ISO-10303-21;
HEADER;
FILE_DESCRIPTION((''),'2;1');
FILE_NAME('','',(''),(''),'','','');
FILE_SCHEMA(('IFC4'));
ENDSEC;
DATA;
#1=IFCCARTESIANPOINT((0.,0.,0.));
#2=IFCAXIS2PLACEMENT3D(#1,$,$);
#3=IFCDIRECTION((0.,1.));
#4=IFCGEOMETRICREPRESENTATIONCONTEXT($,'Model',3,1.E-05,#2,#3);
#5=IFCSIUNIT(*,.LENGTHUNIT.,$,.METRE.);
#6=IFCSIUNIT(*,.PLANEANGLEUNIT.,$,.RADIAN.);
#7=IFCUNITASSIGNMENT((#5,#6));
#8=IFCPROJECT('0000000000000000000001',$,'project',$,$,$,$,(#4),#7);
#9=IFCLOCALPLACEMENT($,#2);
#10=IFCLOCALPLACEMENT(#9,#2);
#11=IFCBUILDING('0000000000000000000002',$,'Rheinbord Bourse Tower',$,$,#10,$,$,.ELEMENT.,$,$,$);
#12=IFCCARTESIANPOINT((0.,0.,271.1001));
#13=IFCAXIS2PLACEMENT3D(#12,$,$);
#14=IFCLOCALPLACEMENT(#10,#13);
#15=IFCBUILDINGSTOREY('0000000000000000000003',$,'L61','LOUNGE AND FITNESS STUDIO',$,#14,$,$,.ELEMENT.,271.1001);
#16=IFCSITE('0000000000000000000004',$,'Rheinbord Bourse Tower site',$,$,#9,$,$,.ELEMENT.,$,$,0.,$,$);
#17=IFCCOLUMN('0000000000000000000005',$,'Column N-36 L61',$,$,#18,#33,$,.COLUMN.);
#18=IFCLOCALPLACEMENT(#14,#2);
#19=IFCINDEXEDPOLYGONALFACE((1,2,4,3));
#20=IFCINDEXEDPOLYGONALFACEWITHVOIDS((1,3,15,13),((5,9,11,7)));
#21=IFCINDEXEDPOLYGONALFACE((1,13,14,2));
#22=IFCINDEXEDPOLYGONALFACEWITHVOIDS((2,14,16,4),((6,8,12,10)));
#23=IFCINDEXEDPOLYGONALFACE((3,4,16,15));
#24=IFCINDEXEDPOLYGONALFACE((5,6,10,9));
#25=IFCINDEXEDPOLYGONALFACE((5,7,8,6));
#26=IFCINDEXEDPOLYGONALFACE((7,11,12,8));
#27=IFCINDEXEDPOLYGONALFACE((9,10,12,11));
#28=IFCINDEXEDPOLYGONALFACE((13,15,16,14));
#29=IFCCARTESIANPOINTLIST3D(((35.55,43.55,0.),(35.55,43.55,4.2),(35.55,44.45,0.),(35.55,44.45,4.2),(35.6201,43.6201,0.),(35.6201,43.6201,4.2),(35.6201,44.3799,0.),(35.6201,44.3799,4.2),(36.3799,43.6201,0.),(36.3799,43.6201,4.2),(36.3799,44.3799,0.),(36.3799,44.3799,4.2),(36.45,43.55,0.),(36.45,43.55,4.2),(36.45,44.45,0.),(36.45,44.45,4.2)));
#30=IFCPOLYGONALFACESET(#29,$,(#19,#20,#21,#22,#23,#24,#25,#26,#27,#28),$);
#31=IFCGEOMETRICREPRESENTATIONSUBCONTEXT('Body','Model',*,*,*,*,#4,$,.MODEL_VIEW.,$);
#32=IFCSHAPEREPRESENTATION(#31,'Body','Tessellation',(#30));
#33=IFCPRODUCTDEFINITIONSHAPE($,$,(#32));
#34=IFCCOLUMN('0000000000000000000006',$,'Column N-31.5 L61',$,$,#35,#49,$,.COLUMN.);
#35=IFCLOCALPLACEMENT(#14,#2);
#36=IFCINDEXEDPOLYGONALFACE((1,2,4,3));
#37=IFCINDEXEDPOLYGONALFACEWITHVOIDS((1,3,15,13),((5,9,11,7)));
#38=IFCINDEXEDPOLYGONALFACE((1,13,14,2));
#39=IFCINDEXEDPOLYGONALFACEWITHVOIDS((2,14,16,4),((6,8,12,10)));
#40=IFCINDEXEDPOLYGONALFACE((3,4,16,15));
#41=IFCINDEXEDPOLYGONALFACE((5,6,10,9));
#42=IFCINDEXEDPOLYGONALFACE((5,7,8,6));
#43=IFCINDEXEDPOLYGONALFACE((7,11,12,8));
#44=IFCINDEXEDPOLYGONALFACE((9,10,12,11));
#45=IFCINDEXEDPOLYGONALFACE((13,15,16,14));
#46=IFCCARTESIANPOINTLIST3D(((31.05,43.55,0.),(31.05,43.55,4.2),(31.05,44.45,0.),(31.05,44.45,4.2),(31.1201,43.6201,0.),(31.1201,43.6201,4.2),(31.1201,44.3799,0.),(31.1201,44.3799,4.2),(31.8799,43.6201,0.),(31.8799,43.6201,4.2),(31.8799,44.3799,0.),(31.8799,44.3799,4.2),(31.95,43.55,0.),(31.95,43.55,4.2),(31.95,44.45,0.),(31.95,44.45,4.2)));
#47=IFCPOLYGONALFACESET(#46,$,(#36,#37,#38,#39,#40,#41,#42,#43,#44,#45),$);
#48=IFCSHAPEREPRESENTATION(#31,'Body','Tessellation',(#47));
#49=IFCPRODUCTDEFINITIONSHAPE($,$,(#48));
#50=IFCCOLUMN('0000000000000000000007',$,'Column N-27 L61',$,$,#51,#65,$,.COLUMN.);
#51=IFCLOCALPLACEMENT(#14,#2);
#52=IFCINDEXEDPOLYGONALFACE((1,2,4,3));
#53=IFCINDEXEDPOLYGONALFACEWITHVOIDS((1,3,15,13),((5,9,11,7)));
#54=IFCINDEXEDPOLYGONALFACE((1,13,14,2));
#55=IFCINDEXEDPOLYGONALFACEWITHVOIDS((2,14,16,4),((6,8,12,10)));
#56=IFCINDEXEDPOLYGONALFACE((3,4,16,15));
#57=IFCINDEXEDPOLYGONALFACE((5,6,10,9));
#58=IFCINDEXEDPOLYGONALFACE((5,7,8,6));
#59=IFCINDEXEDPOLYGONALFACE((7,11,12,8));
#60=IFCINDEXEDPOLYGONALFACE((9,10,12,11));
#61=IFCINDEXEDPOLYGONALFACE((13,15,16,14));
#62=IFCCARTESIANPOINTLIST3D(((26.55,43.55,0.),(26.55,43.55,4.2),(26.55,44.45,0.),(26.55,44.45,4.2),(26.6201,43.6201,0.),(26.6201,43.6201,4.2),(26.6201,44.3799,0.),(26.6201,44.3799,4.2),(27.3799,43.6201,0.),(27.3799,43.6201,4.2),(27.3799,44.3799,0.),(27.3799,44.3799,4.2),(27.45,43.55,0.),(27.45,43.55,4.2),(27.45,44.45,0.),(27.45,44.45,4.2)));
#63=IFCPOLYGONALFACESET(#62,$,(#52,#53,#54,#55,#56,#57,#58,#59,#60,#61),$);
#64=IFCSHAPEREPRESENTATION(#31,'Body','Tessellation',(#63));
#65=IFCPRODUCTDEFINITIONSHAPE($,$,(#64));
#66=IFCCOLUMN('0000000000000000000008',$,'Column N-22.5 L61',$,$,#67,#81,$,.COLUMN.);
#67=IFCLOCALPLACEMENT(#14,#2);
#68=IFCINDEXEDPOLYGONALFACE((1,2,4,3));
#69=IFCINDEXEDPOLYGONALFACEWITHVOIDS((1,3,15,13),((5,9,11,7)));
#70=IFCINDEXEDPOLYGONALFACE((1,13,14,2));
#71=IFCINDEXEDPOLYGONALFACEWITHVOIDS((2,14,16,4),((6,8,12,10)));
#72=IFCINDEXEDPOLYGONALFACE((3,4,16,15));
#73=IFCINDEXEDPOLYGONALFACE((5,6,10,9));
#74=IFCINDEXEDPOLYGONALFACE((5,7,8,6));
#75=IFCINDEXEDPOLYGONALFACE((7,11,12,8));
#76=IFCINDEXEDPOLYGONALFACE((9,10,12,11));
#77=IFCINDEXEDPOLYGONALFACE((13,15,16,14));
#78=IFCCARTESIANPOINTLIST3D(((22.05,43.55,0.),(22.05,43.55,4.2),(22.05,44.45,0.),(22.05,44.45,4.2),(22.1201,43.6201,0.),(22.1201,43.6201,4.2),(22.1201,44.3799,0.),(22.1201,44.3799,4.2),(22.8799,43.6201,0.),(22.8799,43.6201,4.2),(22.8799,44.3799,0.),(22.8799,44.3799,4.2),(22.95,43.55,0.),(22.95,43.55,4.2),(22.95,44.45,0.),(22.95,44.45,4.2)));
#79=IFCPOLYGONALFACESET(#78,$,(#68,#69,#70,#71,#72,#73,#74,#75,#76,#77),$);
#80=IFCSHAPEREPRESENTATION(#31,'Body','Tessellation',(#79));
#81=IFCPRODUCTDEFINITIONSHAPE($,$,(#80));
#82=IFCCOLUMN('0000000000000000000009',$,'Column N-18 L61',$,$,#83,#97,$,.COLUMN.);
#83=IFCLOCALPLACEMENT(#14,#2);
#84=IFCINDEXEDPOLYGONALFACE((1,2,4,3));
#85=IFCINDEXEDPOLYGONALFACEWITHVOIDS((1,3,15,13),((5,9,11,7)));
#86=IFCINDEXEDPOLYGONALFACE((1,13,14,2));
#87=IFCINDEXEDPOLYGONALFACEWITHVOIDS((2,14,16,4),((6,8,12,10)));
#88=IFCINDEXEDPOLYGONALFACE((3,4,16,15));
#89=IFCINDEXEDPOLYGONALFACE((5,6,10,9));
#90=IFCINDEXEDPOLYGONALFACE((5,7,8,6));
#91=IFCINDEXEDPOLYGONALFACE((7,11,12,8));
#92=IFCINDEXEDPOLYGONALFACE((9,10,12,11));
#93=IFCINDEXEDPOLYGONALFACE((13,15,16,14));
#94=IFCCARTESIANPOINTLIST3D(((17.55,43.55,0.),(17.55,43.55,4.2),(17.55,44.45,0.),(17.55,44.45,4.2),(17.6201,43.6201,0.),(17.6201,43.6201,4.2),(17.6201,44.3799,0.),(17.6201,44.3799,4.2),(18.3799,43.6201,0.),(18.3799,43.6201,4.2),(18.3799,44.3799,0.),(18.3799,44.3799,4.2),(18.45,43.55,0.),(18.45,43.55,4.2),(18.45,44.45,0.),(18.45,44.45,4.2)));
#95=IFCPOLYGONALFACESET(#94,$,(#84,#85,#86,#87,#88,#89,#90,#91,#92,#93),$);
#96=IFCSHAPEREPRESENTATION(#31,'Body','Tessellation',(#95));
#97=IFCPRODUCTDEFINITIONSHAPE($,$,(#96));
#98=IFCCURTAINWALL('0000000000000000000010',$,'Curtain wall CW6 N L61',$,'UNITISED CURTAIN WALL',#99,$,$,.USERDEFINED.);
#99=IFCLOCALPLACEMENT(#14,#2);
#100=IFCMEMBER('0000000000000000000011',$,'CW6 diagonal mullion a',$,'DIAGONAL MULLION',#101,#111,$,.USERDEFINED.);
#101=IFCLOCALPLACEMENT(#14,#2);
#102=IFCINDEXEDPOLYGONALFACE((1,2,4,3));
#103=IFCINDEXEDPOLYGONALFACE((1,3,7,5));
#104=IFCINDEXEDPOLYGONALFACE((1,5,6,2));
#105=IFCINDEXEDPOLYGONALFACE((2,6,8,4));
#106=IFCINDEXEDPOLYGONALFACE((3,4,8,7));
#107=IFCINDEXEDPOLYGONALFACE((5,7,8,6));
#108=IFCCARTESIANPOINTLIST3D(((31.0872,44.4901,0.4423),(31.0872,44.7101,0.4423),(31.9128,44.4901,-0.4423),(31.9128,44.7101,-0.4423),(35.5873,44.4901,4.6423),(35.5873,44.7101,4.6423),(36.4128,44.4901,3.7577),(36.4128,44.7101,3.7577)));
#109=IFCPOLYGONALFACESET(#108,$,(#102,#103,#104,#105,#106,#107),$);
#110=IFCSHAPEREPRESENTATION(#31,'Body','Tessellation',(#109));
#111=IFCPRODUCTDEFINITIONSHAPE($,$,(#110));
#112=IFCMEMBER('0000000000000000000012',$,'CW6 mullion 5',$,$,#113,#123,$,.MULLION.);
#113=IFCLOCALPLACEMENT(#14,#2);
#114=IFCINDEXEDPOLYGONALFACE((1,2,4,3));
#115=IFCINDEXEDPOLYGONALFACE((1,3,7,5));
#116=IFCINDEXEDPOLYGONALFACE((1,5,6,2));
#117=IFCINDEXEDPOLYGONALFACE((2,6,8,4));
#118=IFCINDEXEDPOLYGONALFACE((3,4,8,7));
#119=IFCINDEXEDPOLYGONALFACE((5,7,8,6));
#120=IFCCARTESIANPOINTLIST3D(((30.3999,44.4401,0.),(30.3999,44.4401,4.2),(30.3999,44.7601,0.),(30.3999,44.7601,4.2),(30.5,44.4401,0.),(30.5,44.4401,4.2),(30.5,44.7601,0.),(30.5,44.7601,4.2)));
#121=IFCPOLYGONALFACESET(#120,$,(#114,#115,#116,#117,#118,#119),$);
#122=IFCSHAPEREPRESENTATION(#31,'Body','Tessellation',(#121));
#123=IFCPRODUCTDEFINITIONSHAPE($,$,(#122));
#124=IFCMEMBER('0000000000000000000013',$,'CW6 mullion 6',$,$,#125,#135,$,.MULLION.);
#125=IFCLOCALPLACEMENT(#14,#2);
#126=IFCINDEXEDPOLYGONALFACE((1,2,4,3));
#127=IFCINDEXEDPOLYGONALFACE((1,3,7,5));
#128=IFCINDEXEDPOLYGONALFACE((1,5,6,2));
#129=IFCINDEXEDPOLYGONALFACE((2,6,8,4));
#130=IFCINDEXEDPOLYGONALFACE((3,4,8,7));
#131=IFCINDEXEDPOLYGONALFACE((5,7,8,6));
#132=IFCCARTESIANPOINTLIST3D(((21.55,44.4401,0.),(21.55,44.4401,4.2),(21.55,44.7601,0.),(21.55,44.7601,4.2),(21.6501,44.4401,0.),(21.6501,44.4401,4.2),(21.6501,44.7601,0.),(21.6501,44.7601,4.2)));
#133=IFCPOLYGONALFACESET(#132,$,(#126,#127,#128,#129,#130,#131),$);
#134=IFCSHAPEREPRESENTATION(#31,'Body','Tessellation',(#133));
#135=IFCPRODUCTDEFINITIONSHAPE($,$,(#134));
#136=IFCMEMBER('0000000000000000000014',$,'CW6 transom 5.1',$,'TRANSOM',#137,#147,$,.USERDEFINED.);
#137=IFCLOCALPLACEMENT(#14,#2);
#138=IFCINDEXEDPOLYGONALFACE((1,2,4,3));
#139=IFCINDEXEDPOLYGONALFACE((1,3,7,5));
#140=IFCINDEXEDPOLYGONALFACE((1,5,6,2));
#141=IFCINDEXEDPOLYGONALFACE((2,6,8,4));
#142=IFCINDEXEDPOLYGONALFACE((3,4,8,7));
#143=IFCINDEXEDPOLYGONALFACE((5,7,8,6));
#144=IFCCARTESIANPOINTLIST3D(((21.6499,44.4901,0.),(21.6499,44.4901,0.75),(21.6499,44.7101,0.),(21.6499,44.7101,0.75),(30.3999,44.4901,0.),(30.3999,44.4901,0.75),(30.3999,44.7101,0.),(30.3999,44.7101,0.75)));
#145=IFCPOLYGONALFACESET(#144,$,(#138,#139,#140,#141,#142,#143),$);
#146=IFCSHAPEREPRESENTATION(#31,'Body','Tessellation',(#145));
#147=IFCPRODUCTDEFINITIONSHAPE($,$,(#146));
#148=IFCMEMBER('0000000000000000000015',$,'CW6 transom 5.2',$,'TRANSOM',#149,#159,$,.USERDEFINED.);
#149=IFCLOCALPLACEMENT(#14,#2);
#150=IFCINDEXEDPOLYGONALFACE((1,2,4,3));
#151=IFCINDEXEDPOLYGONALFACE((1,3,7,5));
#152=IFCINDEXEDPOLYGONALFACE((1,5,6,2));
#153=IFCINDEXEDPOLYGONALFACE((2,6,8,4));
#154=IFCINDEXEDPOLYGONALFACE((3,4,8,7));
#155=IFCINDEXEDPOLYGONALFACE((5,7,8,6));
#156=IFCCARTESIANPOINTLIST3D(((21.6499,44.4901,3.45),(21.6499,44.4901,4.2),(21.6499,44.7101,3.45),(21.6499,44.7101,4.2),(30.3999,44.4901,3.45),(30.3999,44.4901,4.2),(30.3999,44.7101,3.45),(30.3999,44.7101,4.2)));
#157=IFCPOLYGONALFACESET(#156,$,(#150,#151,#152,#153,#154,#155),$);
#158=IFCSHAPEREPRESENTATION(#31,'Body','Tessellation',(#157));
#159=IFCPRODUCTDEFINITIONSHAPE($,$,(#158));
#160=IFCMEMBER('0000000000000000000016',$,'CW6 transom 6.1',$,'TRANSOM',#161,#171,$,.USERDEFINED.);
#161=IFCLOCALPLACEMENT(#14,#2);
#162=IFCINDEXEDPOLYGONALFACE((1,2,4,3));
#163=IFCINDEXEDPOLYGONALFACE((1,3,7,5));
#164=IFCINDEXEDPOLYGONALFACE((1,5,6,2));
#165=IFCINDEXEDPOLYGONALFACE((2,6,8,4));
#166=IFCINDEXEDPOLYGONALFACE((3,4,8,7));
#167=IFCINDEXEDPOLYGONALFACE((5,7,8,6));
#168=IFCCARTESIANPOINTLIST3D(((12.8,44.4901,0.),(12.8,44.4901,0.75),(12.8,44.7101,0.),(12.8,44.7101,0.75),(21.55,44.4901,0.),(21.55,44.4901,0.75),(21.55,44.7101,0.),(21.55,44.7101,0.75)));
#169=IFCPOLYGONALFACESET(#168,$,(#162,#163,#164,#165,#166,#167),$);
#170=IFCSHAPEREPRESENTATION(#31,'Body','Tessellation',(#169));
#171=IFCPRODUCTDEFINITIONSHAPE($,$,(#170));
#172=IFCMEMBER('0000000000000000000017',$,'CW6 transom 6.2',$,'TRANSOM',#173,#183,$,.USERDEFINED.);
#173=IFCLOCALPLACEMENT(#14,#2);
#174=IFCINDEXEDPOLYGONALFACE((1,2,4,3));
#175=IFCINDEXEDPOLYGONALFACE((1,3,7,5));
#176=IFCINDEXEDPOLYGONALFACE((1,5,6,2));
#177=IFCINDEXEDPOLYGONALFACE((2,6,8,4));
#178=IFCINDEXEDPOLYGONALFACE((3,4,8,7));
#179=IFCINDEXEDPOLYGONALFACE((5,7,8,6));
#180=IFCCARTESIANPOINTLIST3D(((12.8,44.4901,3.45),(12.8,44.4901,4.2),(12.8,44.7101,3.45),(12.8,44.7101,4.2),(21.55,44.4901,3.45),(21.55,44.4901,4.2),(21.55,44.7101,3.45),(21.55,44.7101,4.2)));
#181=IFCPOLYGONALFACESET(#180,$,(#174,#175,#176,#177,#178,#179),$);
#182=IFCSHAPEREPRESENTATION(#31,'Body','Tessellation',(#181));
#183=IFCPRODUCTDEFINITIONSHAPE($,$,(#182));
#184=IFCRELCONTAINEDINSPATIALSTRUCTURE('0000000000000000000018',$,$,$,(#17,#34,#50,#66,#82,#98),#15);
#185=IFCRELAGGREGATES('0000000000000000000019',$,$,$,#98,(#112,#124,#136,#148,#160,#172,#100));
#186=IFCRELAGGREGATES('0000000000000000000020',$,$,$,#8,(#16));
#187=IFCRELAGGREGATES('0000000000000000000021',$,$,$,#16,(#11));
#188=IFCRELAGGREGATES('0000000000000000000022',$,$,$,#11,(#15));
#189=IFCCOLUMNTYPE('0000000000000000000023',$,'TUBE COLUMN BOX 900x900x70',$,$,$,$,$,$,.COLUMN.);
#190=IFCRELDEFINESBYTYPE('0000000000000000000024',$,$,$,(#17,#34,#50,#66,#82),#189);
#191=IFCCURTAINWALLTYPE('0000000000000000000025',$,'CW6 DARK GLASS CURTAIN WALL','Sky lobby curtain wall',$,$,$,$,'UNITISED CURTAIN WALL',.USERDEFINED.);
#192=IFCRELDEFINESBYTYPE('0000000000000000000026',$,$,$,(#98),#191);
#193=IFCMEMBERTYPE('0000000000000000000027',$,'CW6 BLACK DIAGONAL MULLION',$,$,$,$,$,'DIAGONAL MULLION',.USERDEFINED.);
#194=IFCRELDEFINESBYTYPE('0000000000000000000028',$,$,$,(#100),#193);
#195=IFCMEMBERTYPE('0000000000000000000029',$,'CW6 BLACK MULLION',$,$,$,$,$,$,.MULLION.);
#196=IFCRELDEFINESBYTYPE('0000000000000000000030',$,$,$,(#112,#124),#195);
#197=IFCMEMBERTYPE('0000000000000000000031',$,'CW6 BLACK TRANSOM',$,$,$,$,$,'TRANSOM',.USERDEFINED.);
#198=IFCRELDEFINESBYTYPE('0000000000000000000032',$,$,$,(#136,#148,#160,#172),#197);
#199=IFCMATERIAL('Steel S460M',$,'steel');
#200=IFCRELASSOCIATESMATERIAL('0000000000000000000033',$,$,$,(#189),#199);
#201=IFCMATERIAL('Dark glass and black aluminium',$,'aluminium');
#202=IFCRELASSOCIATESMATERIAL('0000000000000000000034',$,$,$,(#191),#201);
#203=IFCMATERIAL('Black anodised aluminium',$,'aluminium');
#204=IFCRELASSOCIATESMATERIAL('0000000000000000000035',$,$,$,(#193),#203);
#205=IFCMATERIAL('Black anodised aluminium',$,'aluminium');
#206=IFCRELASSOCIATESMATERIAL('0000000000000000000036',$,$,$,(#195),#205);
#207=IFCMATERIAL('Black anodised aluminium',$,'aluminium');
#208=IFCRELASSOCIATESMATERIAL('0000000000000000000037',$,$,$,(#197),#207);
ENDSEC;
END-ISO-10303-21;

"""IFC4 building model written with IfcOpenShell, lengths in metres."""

from ifc_helpers import new_model, si_unit, direction, frame, origin, origin_2d, place, context, subcontext, project, spatial, rectangle, hollow_rectangle, extrude, material, material_profile, profile_set, type_object, element, aggregate, save


model = new_model("IFC4")

# Units and contexts
model_context = context("Model", 3, precision=1e-05, world=origin(), true_north=direction((0.0, 1.0)))
body_context = subcontext(model_context, "Body", "Model", "MODEL_VIEW")
ifc_project = project(units=[si_unit("LENGTHUNIT", "METRE"), si_unit("PLANEANGLEUNIT", "RADIAN")], contexts=[model_context])

# Site, building, storey
site_placement = place(None, origin())
site = spatial("IfcSite", under=ifc_project, at=site_placement, Name="Rheinbord Bourse Tower site", CompositionType="ELEMENT", RefElevation=0.0)
building_placement = place(site_placement, origin())
building = spatial("IfcBuilding", under=site, at=building_placement, Name="Rheinbord Bourse Tower", CompositionType="ELEMENT")
storey_placement = place(building_placement, frame((0.0, 0.0, 271.1001)))
storey = spatial("IfcBuildingStorey", under=building, at=storey_placement, Name="L61", Description="LOUNGE AND FITNESS STUDIO", CompositionType="ELEMENT", Elevation=271.1001)

# Columns
ifc_material_1 = material(Name="Steel S460M", Category="steel")
ifc_material_profile_1 = material_profile(ifc_material_1, hollow_rectangle(XDim=0.8999, YDim=0.8999, WallThickness=0.0701, at=origin_2d()), Name="BOX 900x900x70")
ifc_profile_set_1 = profile_set([ifc_material_profile_1], Name="Steel S460M")
column_type = type_object("IfcColumnType", Name="TUBE COLUMN BOX 900x900x70", PredefinedType="COLUMN", material=ifc_profile_set_1)
for number, where, z_axis, x_axis, name in (
    (1, (36.0, 44.0, 0.0), (0.0, 0.0, 1.0), (0.0, 1.0, 0.0), "Column N-36 L61"),
    (2, (31.5, 44.0, 0.0), (0.0, 0.0, 1.0), (0.0, 1.0, 0.0), "Column N-31.5 L61"),
    (3, (27.0, 44.0, 0.0), (0.0, 0.0, 1.0), (0.0, 1.0, 0.0), "Column N-27 L61"),
    (4, (22.5, 44.0, 0.0), (0.0, 0.0, 1.0), (0.0, 1.0, 0.0), "Column N-22.5 L61"),
    (5, (18.0, 44.0, 0.0), (0.0, 0.0, 1.0), (0.0, 1.0, 0.0), "Column N-18 L61"),
):
    element("IfcColumn", number, at=place(storey_placement, frame(where, z_axis=z_axis, x_axis=x_axis)), inside=storey, type_object=column_type, Name=name, PredefinedType="COLUMN", context=body_context, shape_type="SweptSolid", body=[
        extrude(hollow_rectangle(XDim=0.8999, YDim=0.8999, WallThickness=0.0701, at=origin_2d()), origin(), (0.0, 0.0, 1.0), 4.2),
    ])

# Curtain wall, members
ifc_material_2 = material(Name="Dark glass and black aluminium", Category="aluminium")
curtain_wall_type = type_object("IfcCurtainWallType", Name="CW6 DARK GLASS CURTAIN WALL", Description="Sky lobby curtain wall", ElementType="UNITISED CURTAIN WALL", PredefinedType="USERDEFINED", material=ifc_material_2)
curtain_wall_placement = place(storey_placement, origin())
curtain_wall = element("IfcCurtainWall", 6, at=curtain_wall_placement, inside=storey, type_object=curtain_wall_type, Name="Curtain wall CW6 N L61", ObjectType="UNITISED CURTAIN WALL", PredefinedType="USERDEFINED")
ifc_material_3 = material(Name="Black anodised aluminium", Category="aluminium")
ifc_material_profile_2 = material_profile(ifc_material_3, rectangle(XDim=0.22, YDim=1.21, at=origin_2d()), Name="CW6 DIAGONAL MULLION 1210x220")
ifc_profile_set_2 = profile_set([ifc_material_profile_2], Name="Black anodised aluminium")
member_type_1 = type_object("IfcMemberType", Name="CW6 BLACK DIAGONAL MULLION", ElementType="DIAGONAL MULLION", PredefinedType="USERDEFINED", material=ifc_profile_set_2)
member_1_placement = place(storey_placement, frame((31.5, 44.6001, 0.0), z_axis=(0.731059, 0.0, 0.682314), x_axis=(0.0, 1.0, 0.0)))
member_1 = element("IfcMember", 7, at=member_1_placement, type_object=member_type_1, Name="CW6 diagonal mullion a", ObjectType="DIAGONAL MULLION", PredefinedType="USERDEFINED", context=body_context, shape_type="SweptSolid", body=[
    extrude(rectangle(XDim=0.22, YDim=1.21, at=origin_2d()), origin(), (0.0, 0.0, 1.0), 6.1555),
])
ifc_material_4 = material(Name="Black anodised aluminium", Category="aluminium")
ifc_material_profile_3 = material_profile(ifc_material_4, rectangle(XDim=0.3201, YDim=0.1001, at=origin_2d()), Name="CW6 MULLION 100x320")
ifc_profile_set_3 = profile_set([ifc_material_profile_3], Name="Black anodised aluminium")
member_type_2 = type_object("IfcMemberType", Name="CW6 BLACK MULLION", PredefinedType="MULLION", material=ifc_profile_set_3)
member_2_placement = place(storey_placement, frame((30.45, 44.6001, 0.0), z_axis=(0.0, 0.0, 1.0), x_axis=(0.0, -1.0, 0.0)))
member_2 = element("IfcMember", 8, at=member_2_placement, type_object=member_type_2, Name="CW6 mullion 5", PredefinedType="MULLION", context=body_context, shape_type="SweptSolid", body=[
    extrude(rectangle(XDim=0.3201, YDim=0.1001, at=origin_2d()), origin(), (0.0, 0.0, 1.0), 4.2),
])
member_3_placement = place(storey_placement, frame((21.6001, 44.6001, 0.0), z_axis=(0.0, 0.0, 1.0), x_axis=(0.0, -1.0, 0.0)))
member_3 = element("IfcMember", 9, at=member_3_placement, type_object=member_type_2, Name="CW6 mullion 6", PredefinedType="MULLION", context=body_context, shape_type="SweptSolid", body=[
    extrude(rectangle(XDim=0.3201, YDim=0.1001, at=origin_2d()), origin(), (0.0, 0.0, 1.0), 4.2),
])
ifc_material_5 = material(Name="Black anodised aluminium", Category="aluminium")
ifc_material_profile_4 = material_profile(ifc_material_5, rectangle(XDim=0.22, YDim=0.75, at=origin_2d()), Name="CW6 TRANSOM 750x220")
ifc_profile_set_4 = profile_set([ifc_material_profile_4], Name="Black anodised aluminium")
member_type_3 = type_object("IfcMemberType", Name="CW6 BLACK TRANSOM", ElementType="TRANSOM", PredefinedType="USERDEFINED", material=ifc_profile_set_4)
member_4_placement = place(storey_placement, frame((30.3999, 44.6001, 0.375), z_axis=(-1.0, 0.0, 0.0), x_axis=(0.0, -1.0, 0.0)))
member_4 = element("IfcMember", 10, at=member_4_placement, type_object=member_type_3, Name="CW6 transom 5.1", ObjectType="TRANSOM", PredefinedType="USERDEFINED", context=body_context, shape_type="SweptSolid", body=[
    extrude(rectangle(XDim=0.22, YDim=0.75, at=origin_2d()), origin(), (0.0, 0.0, 1.0), 8.75),
])
member_5_placement = place(storey_placement, frame((30.3999, 44.6001, 3.825), z_axis=(-1.0, 0.0, 0.0), x_axis=(0.0, -1.0, 0.0)))
member_5 = element("IfcMember", 11, at=member_5_placement, type_object=member_type_3, Name="CW6 transom 5.2", ObjectType="TRANSOM", PredefinedType="USERDEFINED", context=body_context, shape_type="SweptSolid", body=[
    extrude(rectangle(XDim=0.22, YDim=0.75, at=origin_2d()), origin(), (0.0, 0.0, 1.0), 8.75),
])
member_6_placement = place(storey_placement, frame((21.55, 44.6001, 0.375), z_axis=(-1.0, 0.0, 0.0), x_axis=(0.0, -1.0, 0.0)))
member_6 = element("IfcMember", 12, at=member_6_placement, type_object=member_type_3, Name="CW6 transom 6.1", ObjectType="TRANSOM", PredefinedType="USERDEFINED", context=body_context, shape_type="SweptSolid", body=[
    extrude(rectangle(XDim=0.22, YDim=0.75, at=origin_2d()), origin(), (0.0, 0.0, 1.0), 8.75),
])
member_7_placement = place(storey_placement, frame((21.55, 44.6001, 3.825), z_axis=(-1.0, 0.0, 0.0), x_axis=(0.0, -1.0, 0.0)))
member_7 = element("IfcMember", 13, at=member_7_placement, type_object=member_type_3, Name="CW6 transom 6.2", ObjectType="TRANSOM", PredefinedType="USERDEFINED", context=body_context, shape_type="SweptSolid", body=[
    extrude(rectangle(XDim=0.22, YDim=0.75, at=origin_2d()), origin(), (0.0, 0.0, 1.0), 8.75),
])

aggregate(curtain_wall, [member_2, member_3, member_4, member_5, member_6, member_7, member_1])

save(model, "model.ifc")
